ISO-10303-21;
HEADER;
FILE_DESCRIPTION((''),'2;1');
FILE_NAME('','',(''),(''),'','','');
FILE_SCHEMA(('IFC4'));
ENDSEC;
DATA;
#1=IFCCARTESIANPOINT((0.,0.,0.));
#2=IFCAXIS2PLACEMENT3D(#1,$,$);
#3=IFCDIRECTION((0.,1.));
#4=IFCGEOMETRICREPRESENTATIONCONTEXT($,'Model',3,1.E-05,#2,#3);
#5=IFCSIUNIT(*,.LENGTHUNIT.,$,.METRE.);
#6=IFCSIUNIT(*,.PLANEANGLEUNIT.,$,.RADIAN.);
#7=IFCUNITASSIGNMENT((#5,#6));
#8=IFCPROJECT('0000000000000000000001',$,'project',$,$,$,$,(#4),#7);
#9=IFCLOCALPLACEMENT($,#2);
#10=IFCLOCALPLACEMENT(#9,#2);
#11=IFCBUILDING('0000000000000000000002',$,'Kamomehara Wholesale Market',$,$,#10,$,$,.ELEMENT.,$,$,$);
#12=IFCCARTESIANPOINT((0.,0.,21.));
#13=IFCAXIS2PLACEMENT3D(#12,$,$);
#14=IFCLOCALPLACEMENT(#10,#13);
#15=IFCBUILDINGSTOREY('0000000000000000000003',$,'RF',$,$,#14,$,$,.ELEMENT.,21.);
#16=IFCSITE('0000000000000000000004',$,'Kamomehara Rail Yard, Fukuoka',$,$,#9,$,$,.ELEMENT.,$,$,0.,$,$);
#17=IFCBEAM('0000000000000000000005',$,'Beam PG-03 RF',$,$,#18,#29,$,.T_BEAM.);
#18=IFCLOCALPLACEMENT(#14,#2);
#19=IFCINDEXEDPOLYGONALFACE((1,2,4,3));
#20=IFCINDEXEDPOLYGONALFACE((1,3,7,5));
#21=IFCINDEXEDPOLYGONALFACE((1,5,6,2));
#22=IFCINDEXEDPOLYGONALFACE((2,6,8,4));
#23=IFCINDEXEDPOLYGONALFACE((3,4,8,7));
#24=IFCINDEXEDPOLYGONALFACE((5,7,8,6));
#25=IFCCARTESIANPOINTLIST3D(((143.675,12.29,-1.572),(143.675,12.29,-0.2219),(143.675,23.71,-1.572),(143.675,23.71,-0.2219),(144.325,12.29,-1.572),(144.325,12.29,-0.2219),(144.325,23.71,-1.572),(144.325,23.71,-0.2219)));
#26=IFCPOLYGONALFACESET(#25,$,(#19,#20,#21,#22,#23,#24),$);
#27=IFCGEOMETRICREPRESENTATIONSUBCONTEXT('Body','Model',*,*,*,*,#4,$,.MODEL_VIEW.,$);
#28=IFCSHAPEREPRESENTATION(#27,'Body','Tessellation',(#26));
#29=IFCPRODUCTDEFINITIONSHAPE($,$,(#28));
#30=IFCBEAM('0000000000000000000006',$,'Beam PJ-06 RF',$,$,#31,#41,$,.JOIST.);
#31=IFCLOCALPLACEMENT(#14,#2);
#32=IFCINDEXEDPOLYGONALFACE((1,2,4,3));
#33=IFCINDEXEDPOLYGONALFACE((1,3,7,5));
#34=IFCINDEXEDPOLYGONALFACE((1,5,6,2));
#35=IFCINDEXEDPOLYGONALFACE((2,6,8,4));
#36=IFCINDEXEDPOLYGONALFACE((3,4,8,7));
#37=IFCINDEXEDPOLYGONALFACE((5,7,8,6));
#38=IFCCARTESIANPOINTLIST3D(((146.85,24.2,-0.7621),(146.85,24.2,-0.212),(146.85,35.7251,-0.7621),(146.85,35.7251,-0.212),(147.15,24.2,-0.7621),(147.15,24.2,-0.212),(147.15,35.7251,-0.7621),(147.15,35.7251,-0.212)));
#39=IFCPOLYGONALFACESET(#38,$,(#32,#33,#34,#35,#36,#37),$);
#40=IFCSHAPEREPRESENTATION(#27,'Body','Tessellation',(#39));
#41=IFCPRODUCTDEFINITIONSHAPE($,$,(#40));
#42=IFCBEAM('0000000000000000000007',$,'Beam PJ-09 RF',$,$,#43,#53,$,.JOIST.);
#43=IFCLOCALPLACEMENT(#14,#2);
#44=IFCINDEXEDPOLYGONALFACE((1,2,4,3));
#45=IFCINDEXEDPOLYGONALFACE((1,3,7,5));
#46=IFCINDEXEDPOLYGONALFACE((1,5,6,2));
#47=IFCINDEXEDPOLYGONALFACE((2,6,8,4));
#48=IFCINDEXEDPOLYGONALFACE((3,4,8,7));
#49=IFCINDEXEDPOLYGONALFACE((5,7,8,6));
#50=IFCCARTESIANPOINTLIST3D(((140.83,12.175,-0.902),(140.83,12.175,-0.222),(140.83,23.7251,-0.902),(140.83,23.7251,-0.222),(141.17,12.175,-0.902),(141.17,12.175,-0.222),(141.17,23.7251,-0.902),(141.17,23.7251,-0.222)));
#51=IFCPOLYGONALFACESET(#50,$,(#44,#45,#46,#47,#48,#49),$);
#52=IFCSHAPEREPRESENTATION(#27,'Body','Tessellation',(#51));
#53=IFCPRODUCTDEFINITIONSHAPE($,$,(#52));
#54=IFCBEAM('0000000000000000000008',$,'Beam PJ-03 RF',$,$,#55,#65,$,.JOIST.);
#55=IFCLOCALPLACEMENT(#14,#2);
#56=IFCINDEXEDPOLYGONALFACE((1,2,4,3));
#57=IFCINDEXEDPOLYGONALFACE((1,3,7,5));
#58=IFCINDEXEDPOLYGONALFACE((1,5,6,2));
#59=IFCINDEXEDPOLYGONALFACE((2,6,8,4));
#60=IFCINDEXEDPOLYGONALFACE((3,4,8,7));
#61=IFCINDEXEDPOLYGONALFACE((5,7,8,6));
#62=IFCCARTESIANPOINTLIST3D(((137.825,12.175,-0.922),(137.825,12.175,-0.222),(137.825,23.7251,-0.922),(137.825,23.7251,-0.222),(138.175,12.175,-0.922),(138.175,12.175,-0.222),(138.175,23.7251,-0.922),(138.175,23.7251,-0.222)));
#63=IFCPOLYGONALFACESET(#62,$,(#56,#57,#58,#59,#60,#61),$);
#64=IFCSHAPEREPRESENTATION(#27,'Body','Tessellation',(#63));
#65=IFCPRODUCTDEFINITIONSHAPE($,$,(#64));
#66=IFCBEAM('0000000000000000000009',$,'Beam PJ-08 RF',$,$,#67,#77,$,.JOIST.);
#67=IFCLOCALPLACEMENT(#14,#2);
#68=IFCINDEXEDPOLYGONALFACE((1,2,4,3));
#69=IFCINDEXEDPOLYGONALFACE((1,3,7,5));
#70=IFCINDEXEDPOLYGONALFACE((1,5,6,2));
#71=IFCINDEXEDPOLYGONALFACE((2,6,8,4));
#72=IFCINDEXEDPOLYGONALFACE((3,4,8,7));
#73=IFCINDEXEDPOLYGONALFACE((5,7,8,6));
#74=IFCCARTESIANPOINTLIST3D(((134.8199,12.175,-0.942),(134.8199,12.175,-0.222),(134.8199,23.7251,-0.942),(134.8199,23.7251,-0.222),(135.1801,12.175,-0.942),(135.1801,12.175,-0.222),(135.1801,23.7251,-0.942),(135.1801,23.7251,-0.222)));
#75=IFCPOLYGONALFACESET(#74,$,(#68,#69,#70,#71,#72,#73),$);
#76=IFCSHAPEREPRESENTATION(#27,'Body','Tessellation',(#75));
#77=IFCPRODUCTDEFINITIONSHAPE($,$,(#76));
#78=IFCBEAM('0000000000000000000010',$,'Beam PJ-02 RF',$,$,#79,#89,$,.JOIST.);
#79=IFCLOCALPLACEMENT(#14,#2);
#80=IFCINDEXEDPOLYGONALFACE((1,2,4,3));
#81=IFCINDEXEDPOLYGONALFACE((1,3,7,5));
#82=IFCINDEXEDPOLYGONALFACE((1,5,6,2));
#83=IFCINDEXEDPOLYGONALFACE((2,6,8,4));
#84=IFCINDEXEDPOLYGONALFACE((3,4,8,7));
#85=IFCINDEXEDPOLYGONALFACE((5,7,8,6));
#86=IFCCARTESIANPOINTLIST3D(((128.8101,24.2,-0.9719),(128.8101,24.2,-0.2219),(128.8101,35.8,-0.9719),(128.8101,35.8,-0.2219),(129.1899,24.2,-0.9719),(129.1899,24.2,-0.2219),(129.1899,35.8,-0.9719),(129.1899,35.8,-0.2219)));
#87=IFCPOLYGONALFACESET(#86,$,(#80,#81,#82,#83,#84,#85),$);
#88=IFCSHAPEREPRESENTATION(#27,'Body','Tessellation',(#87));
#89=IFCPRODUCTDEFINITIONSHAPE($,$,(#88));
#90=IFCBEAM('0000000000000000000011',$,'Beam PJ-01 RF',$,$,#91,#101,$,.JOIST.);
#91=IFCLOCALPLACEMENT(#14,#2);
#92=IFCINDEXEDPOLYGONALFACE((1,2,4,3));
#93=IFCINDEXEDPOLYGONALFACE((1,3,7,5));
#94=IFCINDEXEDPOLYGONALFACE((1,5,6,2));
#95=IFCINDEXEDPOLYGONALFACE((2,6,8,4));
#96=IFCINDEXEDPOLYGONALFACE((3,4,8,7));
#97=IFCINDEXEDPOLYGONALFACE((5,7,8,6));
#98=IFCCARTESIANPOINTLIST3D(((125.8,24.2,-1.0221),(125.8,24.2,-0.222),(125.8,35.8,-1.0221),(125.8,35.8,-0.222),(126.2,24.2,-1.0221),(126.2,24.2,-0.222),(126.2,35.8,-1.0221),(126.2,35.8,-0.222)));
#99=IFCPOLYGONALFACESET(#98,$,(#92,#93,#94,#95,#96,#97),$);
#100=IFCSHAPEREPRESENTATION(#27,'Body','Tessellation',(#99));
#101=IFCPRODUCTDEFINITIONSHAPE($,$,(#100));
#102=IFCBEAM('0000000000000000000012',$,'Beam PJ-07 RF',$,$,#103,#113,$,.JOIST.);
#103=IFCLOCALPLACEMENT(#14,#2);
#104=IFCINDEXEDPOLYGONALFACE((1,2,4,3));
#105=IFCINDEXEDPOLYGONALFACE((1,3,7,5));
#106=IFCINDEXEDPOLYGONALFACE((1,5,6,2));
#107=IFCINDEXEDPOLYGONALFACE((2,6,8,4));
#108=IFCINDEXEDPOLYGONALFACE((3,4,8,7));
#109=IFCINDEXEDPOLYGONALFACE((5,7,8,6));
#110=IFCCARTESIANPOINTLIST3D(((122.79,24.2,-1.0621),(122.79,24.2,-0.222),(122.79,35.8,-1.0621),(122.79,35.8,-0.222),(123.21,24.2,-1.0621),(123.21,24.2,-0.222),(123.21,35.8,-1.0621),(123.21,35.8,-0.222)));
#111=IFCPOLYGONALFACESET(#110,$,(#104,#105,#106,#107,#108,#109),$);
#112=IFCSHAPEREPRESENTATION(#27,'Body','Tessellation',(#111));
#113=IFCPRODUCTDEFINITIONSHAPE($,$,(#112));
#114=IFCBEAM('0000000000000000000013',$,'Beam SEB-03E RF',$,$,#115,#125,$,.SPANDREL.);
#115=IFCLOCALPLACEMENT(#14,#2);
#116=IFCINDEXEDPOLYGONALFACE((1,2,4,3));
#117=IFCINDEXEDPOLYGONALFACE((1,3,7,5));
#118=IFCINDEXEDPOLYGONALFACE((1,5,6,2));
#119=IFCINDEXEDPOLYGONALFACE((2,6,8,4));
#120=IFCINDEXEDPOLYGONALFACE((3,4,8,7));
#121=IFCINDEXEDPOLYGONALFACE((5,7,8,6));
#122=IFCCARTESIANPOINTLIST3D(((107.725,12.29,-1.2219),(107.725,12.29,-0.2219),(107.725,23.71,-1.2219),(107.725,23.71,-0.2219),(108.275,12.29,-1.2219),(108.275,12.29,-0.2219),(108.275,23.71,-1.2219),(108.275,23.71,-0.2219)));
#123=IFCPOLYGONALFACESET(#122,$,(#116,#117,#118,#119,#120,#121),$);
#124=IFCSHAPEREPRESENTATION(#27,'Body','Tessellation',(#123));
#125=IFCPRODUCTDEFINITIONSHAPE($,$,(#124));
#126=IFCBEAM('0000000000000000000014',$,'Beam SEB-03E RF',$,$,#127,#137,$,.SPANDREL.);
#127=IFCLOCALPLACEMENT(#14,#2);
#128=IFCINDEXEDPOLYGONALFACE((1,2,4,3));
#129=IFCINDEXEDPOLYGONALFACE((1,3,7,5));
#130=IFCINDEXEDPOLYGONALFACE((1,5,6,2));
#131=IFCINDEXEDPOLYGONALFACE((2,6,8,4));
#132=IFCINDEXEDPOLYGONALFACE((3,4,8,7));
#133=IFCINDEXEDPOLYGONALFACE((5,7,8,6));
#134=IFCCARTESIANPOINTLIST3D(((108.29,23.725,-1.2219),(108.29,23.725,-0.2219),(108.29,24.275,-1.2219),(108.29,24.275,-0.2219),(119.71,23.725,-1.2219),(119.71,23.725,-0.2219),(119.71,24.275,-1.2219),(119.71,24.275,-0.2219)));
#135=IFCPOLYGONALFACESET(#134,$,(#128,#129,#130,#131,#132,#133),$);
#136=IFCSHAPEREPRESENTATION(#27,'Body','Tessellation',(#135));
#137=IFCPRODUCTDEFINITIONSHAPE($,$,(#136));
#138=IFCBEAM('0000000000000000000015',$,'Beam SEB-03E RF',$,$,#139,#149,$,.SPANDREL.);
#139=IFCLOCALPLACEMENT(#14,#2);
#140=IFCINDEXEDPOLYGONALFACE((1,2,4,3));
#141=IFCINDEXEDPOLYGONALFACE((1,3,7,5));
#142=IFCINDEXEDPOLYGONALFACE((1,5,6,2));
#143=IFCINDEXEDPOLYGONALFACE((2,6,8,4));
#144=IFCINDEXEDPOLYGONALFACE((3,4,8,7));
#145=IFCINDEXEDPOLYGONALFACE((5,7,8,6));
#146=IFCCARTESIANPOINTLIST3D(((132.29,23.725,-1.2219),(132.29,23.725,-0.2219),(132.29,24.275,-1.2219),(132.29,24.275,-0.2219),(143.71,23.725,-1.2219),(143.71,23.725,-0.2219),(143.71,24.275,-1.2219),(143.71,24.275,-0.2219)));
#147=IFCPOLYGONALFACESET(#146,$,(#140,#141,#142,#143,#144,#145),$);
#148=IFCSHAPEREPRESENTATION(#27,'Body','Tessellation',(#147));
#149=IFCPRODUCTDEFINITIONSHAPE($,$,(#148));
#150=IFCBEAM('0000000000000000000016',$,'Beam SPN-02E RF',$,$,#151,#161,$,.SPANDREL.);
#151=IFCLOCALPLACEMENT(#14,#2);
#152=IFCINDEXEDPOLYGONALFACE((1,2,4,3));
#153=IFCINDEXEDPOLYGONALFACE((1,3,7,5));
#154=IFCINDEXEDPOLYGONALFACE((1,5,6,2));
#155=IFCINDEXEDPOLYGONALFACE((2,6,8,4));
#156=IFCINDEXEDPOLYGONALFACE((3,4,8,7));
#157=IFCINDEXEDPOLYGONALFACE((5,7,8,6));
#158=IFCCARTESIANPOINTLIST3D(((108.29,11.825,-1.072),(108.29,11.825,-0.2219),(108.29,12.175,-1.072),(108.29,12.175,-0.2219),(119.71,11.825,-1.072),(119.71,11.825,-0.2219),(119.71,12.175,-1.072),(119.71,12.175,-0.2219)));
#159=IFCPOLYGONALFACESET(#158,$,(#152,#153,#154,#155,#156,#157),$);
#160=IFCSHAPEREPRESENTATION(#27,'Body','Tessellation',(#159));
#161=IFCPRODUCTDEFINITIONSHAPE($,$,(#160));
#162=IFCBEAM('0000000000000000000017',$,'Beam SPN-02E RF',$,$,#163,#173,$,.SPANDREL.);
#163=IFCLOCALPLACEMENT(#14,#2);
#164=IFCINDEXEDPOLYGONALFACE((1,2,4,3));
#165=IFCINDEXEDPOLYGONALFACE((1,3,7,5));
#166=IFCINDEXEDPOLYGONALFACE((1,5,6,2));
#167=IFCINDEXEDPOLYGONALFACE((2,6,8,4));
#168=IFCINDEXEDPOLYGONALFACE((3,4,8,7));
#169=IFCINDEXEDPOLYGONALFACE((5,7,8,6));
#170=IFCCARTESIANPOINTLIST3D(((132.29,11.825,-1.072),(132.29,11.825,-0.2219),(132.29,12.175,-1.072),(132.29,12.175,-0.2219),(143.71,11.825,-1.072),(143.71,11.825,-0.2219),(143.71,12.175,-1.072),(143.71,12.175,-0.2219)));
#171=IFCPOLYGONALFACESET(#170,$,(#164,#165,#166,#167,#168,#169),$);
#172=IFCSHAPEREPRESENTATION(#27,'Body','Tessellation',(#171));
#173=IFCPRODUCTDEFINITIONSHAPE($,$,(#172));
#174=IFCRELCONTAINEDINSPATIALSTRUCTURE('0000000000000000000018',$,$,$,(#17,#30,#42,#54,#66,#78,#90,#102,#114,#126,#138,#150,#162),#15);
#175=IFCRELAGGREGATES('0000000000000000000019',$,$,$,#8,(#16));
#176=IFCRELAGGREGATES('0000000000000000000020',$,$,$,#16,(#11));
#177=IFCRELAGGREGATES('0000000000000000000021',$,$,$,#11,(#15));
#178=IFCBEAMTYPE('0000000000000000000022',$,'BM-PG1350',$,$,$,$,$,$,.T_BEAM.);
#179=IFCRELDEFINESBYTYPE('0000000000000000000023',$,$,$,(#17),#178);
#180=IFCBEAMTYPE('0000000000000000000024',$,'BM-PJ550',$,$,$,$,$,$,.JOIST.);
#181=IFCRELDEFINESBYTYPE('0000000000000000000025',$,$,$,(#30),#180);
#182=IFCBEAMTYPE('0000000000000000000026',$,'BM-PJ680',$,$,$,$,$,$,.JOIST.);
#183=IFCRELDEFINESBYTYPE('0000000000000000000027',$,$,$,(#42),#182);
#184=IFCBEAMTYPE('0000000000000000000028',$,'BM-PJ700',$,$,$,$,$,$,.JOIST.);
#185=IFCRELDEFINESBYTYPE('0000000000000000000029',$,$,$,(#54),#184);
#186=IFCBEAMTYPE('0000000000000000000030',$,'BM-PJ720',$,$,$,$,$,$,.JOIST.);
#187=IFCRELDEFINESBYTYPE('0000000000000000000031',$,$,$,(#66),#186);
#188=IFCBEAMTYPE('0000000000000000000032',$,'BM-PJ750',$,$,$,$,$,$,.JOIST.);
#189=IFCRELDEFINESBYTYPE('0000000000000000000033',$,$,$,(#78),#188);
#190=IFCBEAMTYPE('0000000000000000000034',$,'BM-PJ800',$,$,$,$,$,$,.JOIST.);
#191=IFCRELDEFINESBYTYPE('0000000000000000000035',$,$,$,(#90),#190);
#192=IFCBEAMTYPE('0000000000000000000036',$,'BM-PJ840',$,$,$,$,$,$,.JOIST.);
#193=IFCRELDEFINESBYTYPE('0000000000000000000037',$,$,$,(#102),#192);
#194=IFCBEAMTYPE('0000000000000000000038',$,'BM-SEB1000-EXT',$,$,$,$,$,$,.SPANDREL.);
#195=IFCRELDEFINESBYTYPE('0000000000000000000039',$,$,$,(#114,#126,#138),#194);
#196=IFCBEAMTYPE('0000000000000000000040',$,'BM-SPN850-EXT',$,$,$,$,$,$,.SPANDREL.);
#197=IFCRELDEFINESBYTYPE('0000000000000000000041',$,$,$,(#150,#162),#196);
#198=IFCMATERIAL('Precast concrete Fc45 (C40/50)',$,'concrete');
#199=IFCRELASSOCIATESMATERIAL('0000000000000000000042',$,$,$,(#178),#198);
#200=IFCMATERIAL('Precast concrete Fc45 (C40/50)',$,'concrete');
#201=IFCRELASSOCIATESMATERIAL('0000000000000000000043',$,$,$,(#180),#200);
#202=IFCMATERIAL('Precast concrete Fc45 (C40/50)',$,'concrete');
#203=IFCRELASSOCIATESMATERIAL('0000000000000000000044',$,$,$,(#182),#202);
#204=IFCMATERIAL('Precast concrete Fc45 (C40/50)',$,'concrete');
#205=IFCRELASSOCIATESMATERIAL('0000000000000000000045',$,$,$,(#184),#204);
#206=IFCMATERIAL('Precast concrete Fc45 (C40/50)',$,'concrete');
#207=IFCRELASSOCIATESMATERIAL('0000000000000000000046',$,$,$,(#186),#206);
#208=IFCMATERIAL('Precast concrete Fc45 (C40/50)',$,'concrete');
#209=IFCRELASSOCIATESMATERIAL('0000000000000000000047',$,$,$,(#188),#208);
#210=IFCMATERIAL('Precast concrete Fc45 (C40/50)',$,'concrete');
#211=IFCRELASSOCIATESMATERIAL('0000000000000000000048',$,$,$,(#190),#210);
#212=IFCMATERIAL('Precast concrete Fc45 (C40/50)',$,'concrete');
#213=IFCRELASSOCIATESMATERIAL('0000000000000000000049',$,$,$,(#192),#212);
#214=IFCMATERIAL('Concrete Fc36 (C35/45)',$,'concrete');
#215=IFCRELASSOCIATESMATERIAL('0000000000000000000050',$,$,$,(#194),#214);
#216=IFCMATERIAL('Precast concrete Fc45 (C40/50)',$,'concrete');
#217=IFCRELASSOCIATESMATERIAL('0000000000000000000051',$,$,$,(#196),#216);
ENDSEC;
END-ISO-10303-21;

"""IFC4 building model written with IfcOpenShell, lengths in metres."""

from ifc_helpers import new_model, si_unit, direction, frame, origin, origin_2d, place, context, subcontext, project, spatial, rectangle, extrude, material, material_profile, profile_set, type_object, element, save


model = new_model("IFC4")

# Units and contexts
model_context = context("Model", 3, precision=1e-05, world=origin(), true_north=direction((0.0, 1.0)))
body_context = subcontext(model_context, "Body", "Model", "MODEL_VIEW")
ifc_project = project(units=[si_unit("LENGTHUNIT", "METRE"), si_unit("PLANEANGLEUNIT", "RADIAN")], contexts=[model_context])

# Site, building, storey
site_placement = place(None, origin())
site = spatial("IfcSite", under=ifc_project, at=site_placement, Name="Kamomehara Rail Yard, Fukuoka", CompositionType="ELEMENT", RefElevation=0.0)
building_placement = place(site_placement, origin())
building = spatial("IfcBuilding", under=site, at=building_placement, Name="Kamomehara Wholesale Market", CompositionType="ELEMENT")
storey_placement = place(building_placement, frame((0.0, 0.0, 21.0)))
storey = spatial("IfcBuildingStorey", under=building, at=storey_placement, Name="RF", CompositionType="ELEMENT", Elevation=21.0)

# Beams
ifc_material_1 = material(Name="Precast concrete Fc45 (C40/50)", Category="concrete")
ifc_material_profile_1 = material_profile(ifc_material_1, rectangle(XDim=0.6499, YDim=1.3501, at=origin_2d()), Name="PC-GRD-650x1350")
ifc_profile_set_1 = profile_set([ifc_material_profile_1], Name="Precast concrete Fc45 (C40/50)")
beam_type_1 = type_object("IfcBeamType", Name="BM-PG1350", PredefinedType="T_BEAM", material=ifc_profile_set_1)
beam_1_placement = place(storey_placement, frame((144.0, 12.29, -0.897), z_axis=(0.0, 1.0, 0.0), x_axis=(-1.0, 0.0, 0.0)))
element("IfcBeam", 1, at=beam_1_placement, inside=storey, type_object=beam_type_1, Name="Beam PG-03 RF", PredefinedType="T_BEAM", context=body_context, shape_type="SweptSolid", body=[
    extrude(rectangle(XDim=0.6499, YDim=1.3501, at=origin_2d()), origin(), (0.0, 0.0, 1.0), 11.4199),
])
ifc_material_2 = material(Name="Precast concrete Fc45 (C40/50)", Category="concrete")
ifc_material_profile_2 = material_profile(ifc_material_2, rectangle(XDim=0.3, YDim=0.55, at=origin_2d()), Name="PC-JST-300x550")
ifc_profile_set_2 = profile_set([ifc_material_profile_2], Name="Precast concrete Fc45 (C40/50)")
beam_type_2 = type_object("IfcBeamType", Name="BM-PJ550", PredefinedType="JOIST", material=ifc_profile_set_2)
beam_2_placement = place(storey_placement, frame((147.0, 24.2, -0.4871), z_axis=(0.0, 1.0, 0.0), x_axis=(-1.0, 0.0, 0.0)))
element("IfcBeam", 2, at=beam_2_placement, inside=storey, type_object=beam_type_2, Name="Beam PJ-06 RF", PredefinedType="JOIST", context=body_context, shape_type="SweptSolid", body=[
    extrude(rectangle(XDim=0.3, YDim=0.55, at=origin_2d()), origin(), (0.0, 0.0, 1.0), 11.5251),
])
ifc_material_3 = material(Name="Precast concrete Fc45 (C40/50)", Category="concrete")
ifc_material_profile_3 = material_profile(ifc_material_3, rectangle(XDim=0.3401, YDim=0.6799, at=origin_2d()), Name="PC-JST-340x680")
ifc_profile_set_3 = profile_set([ifc_material_profile_3], Name="Precast concrete Fc45 (C40/50)")
beam_type_3 = type_object("IfcBeamType", Name="BM-PJ680", PredefinedType="JOIST", material=ifc_profile_set_3)
beam_3_placement = place(storey_placement, frame((141.0, 12.175, -0.562), z_axis=(0.0, 1.0, 0.0), x_axis=(-1.0, 0.0, 0.0)))
element("IfcBeam", 3, at=beam_3_placement, inside=storey, type_object=beam_type_3, Name="Beam PJ-09 RF", PredefinedType="JOIST", context=body_context, shape_type="SweptSolid", body=[
    extrude(rectangle(XDim=0.3401, YDim=0.6799, at=origin_2d()), origin(), (0.0, 0.0, 1.0), 11.55),
])
ifc_material_4 = material(Name="Precast concrete Fc45 (C40/50)", Category="concrete")
ifc_material_profile_4 = material_profile(ifc_material_4, rectangle(XDim=0.3501, YDim=0.7, at=origin_2d()), Name="PC-JST-350x700")
ifc_profile_set_4 = profile_set([ifc_material_profile_4], Name="Precast concrete Fc45 (C40/50)")
beam_type_4 = type_object("IfcBeamType", Name="BM-PJ700", PredefinedType="JOIST", material=ifc_profile_set_4)
beam_4_placement = place(storey_placement, frame((138.0, 12.175, -0.572), z_axis=(0.0, 1.0, 0.0), x_axis=(-1.0, 0.0, 0.0)))
element("IfcBeam", 4, at=beam_4_placement, inside=storey, type_object=beam_type_4, Name="Beam PJ-03 RF", PredefinedType="JOIST", context=body_context, shape_type="SweptSolid", body=[
    extrude(rectangle(XDim=0.3501, YDim=0.7, at=origin_2d()), origin(), (0.0, 0.0, 1.0), 11.55),
])
ifc_material_5 = material(Name="Precast concrete Fc45 (C40/50)", Category="concrete")
ifc_material_profile_5 = material_profile(ifc_material_5, rectangle(XDim=0.3601, YDim=0.72, at=origin_2d()), Name="PC-JST-360x720")
ifc_profile_set_5 = profile_set([ifc_material_profile_5], Name="Precast concrete Fc45 (C40/50)")
beam_type_5 = type_object("IfcBeamType", Name="BM-PJ720", PredefinedType="JOIST", material=ifc_profile_set_5)
beam_5_placement = place(storey_placement, frame((135.0, 12.175, -0.582), z_axis=(0.0, 1.0, 0.0), x_axis=(-1.0, 0.0, 0.0)))
element("IfcBeam", 5, at=beam_5_placement, inside=storey, type_object=beam_type_5, Name="Beam PJ-08 RF", PredefinedType="JOIST", context=body_context, shape_type="SweptSolid", body=[
    extrude(rectangle(XDim=0.3601, YDim=0.72, at=origin_2d()), origin(), (0.0, 0.0, 1.0), 11.55),
])
ifc_material_6 = material(Name="Precast concrete Fc45 (C40/50)", Category="concrete")
ifc_material_profile_6 = material_profile(ifc_material_6, rectangle(XDim=0.3799, YDim=0.75, at=origin_2d()), Name="PC-JST-380x750")
ifc_profile_set_6 = profile_set([ifc_material_profile_6], Name="Precast concrete Fc45 (C40/50)")
beam_type_6 = type_object("IfcBeamType", Name="BM-PJ750", PredefinedType="JOIST", material=ifc_profile_set_6)
beam_6_placement = place(storey_placement, frame((129.0, 24.2, -0.5969), z_axis=(0.0, 1.0, 0.0), x_axis=(-1.0, 0.0, 0.0)))
element("IfcBeam", 6, at=beam_6_placement, inside=storey, type_object=beam_type_6, Name="Beam PJ-02 RF", PredefinedType="JOIST", context=body_context, shape_type="SweptSolid", body=[
    extrude(rectangle(XDim=0.3799, YDim=0.75, at=origin_2d()), origin(), (0.0, 0.0, 1.0), 11.6001),
])
ifc_material_7 = material(Name="Precast concrete Fc45 (C40/50)", Category="concrete")
ifc_material_profile_7 = material_profile(ifc_material_7, rectangle(XDim=0.3999, YDim=0.8, at=origin_2d()), Name="PC-JST-400x800")
ifc_profile_set_7 = profile_set([ifc_material_profile_7], Name="Precast concrete Fc45 (C40/50)")
beam_type_7 = type_object("IfcBeamType", Name="BM-PJ800", PredefinedType="JOIST", material=ifc_profile_set_7)
beam_7_placement = place(storey_placement, frame((126.0, 24.2, -0.6221), z_axis=(0.0, 1.0, 0.0), x_axis=(-1.0, 0.0, 0.0)))
element("IfcBeam", 7, at=beam_7_placement, inside=storey, type_object=beam_type_7, Name="Beam PJ-01 RF", PredefinedType="JOIST", context=body_context, shape_type="SweptSolid", body=[
    extrude(rectangle(XDim=0.3999, YDim=0.8, at=origin_2d()), origin(), (0.0, 0.0, 1.0), 11.6001),
])
ifc_material_8 = material(Name="Precast concrete Fc45 (C40/50)", Category="concrete")
ifc_material_profile_8 = material_profile(ifc_material_8, rectangle(XDim=0.4199, YDim=0.8401, at=origin_2d()), Name="PC-JST-420x840")
ifc_profile_set_8 = profile_set([ifc_material_profile_8], Name="Precast concrete Fc45 (C40/50)")
beam_type_8 = type_object("IfcBeamType", Name="BM-PJ840", PredefinedType="JOIST", material=ifc_profile_set_8)
beam_8_placement = place(storey_placement, frame((123.0, 24.2, -0.6421), z_axis=(0.0, 1.0, 0.0), x_axis=(-1.0, 0.0, 0.0)))
element("IfcBeam", 8, at=beam_8_placement, inside=storey, type_object=beam_type_8, Name="Beam PJ-07 RF", PredefinedType="JOIST", context=body_context, shape_type="SweptSolid", body=[
    extrude(rectangle(XDim=0.4199, YDim=0.8401, at=origin_2d()), origin(), (0.0, 0.0, 1.0), 11.6001),
])
ifc_material_9 = material(Name="Concrete Fc36 (C35/45)", Category="concrete")
ifc_material_profile_9 = material_profile(ifc_material_9, rectangle(XDim=0.55, YDim=1.0, at=origin_2d()), Name="RC-SEB-550x1000")
ifc_profile_set_9 = profile_set([ifc_material_profile_9], Name="Concrete Fc36 (C35/45)")
beam_type_9 = type_object("IfcBeamType", Name="BM-SEB1000-EXT", PredefinedType="SPANDREL", material=ifc_profile_set_9)
for number, where, z_axis, x_axis, name in (
    (9, (108.0, 12.29, -0.7219), (0.0, 1.0, 0.0), (-1.0, 0.0, 0.0), "Beam SEB-03E RF"),
    (10, (108.29, 24.0, -0.7219), (1.0, 0.0, 0.0), (0.0, 1.0, 0.0), "Beam SEB-03E RF"),
    (11, (132.29, 24.0, -0.7219), (1.0, 0.0, 0.0), (0.0, 1.0, 0.0), "Beam SEB-03E RF"),
):
    element("IfcBeam", number, at=place(storey_placement, frame(where, z_axis=z_axis, x_axis=x_axis)), inside=storey, type_object=beam_type_9, Name=name, PredefinedType="SPANDREL", context=body_context, shape_type="SweptSolid", body=[
        extrude(rectangle(XDim=0.55, YDim=1.0, at=origin_2d()), origin(), (0.0, 0.0, 1.0), 11.4199),
    ])
ifc_material_10 = material(Name="Precast concrete Fc45 (C40/50)", Category="concrete")
ifc_material_profile_10 = material_profile(ifc_material_10, rectangle(XDim=0.3501, YDim=0.8501, at=origin_2d()), Name="PC-SPN-350x850")
ifc_profile_set_10 = profile_set([ifc_material_profile_10], Name="Precast concrete Fc45 (C40/50)")
beam_type_10 = type_object("IfcBeamType", Name="BM-SPN850-EXT", PredefinedType="SPANDREL", material=ifc_profile_set_10)
for number, where, z_axis, x_axis, name in (
    (12, (108.29, 12.0, -0.647), (1.0, 0.0, 0.0), (0.0, 1.0, 0.0), "Beam SPN-02E RF"),
    (13, (132.29, 12.0, -0.647), (1.0, 0.0, 0.0), (0.0, 1.0, 0.0), "Beam SPN-02E RF"),
):
    element("IfcBeam", number, at=place(storey_placement, frame(where, z_axis=z_axis, x_axis=x_axis)), inside=storey, type_object=beam_type_10, Name=name, PredefinedType="SPANDREL", context=body_context, shape_type="SweptSolid", body=[
        extrude(rectangle(XDim=0.3501, YDim=0.8501, at=origin_2d()), origin(), (0.0, 0.0, 1.0), 11.4199),
    ])

save(model, "model.ifc")
